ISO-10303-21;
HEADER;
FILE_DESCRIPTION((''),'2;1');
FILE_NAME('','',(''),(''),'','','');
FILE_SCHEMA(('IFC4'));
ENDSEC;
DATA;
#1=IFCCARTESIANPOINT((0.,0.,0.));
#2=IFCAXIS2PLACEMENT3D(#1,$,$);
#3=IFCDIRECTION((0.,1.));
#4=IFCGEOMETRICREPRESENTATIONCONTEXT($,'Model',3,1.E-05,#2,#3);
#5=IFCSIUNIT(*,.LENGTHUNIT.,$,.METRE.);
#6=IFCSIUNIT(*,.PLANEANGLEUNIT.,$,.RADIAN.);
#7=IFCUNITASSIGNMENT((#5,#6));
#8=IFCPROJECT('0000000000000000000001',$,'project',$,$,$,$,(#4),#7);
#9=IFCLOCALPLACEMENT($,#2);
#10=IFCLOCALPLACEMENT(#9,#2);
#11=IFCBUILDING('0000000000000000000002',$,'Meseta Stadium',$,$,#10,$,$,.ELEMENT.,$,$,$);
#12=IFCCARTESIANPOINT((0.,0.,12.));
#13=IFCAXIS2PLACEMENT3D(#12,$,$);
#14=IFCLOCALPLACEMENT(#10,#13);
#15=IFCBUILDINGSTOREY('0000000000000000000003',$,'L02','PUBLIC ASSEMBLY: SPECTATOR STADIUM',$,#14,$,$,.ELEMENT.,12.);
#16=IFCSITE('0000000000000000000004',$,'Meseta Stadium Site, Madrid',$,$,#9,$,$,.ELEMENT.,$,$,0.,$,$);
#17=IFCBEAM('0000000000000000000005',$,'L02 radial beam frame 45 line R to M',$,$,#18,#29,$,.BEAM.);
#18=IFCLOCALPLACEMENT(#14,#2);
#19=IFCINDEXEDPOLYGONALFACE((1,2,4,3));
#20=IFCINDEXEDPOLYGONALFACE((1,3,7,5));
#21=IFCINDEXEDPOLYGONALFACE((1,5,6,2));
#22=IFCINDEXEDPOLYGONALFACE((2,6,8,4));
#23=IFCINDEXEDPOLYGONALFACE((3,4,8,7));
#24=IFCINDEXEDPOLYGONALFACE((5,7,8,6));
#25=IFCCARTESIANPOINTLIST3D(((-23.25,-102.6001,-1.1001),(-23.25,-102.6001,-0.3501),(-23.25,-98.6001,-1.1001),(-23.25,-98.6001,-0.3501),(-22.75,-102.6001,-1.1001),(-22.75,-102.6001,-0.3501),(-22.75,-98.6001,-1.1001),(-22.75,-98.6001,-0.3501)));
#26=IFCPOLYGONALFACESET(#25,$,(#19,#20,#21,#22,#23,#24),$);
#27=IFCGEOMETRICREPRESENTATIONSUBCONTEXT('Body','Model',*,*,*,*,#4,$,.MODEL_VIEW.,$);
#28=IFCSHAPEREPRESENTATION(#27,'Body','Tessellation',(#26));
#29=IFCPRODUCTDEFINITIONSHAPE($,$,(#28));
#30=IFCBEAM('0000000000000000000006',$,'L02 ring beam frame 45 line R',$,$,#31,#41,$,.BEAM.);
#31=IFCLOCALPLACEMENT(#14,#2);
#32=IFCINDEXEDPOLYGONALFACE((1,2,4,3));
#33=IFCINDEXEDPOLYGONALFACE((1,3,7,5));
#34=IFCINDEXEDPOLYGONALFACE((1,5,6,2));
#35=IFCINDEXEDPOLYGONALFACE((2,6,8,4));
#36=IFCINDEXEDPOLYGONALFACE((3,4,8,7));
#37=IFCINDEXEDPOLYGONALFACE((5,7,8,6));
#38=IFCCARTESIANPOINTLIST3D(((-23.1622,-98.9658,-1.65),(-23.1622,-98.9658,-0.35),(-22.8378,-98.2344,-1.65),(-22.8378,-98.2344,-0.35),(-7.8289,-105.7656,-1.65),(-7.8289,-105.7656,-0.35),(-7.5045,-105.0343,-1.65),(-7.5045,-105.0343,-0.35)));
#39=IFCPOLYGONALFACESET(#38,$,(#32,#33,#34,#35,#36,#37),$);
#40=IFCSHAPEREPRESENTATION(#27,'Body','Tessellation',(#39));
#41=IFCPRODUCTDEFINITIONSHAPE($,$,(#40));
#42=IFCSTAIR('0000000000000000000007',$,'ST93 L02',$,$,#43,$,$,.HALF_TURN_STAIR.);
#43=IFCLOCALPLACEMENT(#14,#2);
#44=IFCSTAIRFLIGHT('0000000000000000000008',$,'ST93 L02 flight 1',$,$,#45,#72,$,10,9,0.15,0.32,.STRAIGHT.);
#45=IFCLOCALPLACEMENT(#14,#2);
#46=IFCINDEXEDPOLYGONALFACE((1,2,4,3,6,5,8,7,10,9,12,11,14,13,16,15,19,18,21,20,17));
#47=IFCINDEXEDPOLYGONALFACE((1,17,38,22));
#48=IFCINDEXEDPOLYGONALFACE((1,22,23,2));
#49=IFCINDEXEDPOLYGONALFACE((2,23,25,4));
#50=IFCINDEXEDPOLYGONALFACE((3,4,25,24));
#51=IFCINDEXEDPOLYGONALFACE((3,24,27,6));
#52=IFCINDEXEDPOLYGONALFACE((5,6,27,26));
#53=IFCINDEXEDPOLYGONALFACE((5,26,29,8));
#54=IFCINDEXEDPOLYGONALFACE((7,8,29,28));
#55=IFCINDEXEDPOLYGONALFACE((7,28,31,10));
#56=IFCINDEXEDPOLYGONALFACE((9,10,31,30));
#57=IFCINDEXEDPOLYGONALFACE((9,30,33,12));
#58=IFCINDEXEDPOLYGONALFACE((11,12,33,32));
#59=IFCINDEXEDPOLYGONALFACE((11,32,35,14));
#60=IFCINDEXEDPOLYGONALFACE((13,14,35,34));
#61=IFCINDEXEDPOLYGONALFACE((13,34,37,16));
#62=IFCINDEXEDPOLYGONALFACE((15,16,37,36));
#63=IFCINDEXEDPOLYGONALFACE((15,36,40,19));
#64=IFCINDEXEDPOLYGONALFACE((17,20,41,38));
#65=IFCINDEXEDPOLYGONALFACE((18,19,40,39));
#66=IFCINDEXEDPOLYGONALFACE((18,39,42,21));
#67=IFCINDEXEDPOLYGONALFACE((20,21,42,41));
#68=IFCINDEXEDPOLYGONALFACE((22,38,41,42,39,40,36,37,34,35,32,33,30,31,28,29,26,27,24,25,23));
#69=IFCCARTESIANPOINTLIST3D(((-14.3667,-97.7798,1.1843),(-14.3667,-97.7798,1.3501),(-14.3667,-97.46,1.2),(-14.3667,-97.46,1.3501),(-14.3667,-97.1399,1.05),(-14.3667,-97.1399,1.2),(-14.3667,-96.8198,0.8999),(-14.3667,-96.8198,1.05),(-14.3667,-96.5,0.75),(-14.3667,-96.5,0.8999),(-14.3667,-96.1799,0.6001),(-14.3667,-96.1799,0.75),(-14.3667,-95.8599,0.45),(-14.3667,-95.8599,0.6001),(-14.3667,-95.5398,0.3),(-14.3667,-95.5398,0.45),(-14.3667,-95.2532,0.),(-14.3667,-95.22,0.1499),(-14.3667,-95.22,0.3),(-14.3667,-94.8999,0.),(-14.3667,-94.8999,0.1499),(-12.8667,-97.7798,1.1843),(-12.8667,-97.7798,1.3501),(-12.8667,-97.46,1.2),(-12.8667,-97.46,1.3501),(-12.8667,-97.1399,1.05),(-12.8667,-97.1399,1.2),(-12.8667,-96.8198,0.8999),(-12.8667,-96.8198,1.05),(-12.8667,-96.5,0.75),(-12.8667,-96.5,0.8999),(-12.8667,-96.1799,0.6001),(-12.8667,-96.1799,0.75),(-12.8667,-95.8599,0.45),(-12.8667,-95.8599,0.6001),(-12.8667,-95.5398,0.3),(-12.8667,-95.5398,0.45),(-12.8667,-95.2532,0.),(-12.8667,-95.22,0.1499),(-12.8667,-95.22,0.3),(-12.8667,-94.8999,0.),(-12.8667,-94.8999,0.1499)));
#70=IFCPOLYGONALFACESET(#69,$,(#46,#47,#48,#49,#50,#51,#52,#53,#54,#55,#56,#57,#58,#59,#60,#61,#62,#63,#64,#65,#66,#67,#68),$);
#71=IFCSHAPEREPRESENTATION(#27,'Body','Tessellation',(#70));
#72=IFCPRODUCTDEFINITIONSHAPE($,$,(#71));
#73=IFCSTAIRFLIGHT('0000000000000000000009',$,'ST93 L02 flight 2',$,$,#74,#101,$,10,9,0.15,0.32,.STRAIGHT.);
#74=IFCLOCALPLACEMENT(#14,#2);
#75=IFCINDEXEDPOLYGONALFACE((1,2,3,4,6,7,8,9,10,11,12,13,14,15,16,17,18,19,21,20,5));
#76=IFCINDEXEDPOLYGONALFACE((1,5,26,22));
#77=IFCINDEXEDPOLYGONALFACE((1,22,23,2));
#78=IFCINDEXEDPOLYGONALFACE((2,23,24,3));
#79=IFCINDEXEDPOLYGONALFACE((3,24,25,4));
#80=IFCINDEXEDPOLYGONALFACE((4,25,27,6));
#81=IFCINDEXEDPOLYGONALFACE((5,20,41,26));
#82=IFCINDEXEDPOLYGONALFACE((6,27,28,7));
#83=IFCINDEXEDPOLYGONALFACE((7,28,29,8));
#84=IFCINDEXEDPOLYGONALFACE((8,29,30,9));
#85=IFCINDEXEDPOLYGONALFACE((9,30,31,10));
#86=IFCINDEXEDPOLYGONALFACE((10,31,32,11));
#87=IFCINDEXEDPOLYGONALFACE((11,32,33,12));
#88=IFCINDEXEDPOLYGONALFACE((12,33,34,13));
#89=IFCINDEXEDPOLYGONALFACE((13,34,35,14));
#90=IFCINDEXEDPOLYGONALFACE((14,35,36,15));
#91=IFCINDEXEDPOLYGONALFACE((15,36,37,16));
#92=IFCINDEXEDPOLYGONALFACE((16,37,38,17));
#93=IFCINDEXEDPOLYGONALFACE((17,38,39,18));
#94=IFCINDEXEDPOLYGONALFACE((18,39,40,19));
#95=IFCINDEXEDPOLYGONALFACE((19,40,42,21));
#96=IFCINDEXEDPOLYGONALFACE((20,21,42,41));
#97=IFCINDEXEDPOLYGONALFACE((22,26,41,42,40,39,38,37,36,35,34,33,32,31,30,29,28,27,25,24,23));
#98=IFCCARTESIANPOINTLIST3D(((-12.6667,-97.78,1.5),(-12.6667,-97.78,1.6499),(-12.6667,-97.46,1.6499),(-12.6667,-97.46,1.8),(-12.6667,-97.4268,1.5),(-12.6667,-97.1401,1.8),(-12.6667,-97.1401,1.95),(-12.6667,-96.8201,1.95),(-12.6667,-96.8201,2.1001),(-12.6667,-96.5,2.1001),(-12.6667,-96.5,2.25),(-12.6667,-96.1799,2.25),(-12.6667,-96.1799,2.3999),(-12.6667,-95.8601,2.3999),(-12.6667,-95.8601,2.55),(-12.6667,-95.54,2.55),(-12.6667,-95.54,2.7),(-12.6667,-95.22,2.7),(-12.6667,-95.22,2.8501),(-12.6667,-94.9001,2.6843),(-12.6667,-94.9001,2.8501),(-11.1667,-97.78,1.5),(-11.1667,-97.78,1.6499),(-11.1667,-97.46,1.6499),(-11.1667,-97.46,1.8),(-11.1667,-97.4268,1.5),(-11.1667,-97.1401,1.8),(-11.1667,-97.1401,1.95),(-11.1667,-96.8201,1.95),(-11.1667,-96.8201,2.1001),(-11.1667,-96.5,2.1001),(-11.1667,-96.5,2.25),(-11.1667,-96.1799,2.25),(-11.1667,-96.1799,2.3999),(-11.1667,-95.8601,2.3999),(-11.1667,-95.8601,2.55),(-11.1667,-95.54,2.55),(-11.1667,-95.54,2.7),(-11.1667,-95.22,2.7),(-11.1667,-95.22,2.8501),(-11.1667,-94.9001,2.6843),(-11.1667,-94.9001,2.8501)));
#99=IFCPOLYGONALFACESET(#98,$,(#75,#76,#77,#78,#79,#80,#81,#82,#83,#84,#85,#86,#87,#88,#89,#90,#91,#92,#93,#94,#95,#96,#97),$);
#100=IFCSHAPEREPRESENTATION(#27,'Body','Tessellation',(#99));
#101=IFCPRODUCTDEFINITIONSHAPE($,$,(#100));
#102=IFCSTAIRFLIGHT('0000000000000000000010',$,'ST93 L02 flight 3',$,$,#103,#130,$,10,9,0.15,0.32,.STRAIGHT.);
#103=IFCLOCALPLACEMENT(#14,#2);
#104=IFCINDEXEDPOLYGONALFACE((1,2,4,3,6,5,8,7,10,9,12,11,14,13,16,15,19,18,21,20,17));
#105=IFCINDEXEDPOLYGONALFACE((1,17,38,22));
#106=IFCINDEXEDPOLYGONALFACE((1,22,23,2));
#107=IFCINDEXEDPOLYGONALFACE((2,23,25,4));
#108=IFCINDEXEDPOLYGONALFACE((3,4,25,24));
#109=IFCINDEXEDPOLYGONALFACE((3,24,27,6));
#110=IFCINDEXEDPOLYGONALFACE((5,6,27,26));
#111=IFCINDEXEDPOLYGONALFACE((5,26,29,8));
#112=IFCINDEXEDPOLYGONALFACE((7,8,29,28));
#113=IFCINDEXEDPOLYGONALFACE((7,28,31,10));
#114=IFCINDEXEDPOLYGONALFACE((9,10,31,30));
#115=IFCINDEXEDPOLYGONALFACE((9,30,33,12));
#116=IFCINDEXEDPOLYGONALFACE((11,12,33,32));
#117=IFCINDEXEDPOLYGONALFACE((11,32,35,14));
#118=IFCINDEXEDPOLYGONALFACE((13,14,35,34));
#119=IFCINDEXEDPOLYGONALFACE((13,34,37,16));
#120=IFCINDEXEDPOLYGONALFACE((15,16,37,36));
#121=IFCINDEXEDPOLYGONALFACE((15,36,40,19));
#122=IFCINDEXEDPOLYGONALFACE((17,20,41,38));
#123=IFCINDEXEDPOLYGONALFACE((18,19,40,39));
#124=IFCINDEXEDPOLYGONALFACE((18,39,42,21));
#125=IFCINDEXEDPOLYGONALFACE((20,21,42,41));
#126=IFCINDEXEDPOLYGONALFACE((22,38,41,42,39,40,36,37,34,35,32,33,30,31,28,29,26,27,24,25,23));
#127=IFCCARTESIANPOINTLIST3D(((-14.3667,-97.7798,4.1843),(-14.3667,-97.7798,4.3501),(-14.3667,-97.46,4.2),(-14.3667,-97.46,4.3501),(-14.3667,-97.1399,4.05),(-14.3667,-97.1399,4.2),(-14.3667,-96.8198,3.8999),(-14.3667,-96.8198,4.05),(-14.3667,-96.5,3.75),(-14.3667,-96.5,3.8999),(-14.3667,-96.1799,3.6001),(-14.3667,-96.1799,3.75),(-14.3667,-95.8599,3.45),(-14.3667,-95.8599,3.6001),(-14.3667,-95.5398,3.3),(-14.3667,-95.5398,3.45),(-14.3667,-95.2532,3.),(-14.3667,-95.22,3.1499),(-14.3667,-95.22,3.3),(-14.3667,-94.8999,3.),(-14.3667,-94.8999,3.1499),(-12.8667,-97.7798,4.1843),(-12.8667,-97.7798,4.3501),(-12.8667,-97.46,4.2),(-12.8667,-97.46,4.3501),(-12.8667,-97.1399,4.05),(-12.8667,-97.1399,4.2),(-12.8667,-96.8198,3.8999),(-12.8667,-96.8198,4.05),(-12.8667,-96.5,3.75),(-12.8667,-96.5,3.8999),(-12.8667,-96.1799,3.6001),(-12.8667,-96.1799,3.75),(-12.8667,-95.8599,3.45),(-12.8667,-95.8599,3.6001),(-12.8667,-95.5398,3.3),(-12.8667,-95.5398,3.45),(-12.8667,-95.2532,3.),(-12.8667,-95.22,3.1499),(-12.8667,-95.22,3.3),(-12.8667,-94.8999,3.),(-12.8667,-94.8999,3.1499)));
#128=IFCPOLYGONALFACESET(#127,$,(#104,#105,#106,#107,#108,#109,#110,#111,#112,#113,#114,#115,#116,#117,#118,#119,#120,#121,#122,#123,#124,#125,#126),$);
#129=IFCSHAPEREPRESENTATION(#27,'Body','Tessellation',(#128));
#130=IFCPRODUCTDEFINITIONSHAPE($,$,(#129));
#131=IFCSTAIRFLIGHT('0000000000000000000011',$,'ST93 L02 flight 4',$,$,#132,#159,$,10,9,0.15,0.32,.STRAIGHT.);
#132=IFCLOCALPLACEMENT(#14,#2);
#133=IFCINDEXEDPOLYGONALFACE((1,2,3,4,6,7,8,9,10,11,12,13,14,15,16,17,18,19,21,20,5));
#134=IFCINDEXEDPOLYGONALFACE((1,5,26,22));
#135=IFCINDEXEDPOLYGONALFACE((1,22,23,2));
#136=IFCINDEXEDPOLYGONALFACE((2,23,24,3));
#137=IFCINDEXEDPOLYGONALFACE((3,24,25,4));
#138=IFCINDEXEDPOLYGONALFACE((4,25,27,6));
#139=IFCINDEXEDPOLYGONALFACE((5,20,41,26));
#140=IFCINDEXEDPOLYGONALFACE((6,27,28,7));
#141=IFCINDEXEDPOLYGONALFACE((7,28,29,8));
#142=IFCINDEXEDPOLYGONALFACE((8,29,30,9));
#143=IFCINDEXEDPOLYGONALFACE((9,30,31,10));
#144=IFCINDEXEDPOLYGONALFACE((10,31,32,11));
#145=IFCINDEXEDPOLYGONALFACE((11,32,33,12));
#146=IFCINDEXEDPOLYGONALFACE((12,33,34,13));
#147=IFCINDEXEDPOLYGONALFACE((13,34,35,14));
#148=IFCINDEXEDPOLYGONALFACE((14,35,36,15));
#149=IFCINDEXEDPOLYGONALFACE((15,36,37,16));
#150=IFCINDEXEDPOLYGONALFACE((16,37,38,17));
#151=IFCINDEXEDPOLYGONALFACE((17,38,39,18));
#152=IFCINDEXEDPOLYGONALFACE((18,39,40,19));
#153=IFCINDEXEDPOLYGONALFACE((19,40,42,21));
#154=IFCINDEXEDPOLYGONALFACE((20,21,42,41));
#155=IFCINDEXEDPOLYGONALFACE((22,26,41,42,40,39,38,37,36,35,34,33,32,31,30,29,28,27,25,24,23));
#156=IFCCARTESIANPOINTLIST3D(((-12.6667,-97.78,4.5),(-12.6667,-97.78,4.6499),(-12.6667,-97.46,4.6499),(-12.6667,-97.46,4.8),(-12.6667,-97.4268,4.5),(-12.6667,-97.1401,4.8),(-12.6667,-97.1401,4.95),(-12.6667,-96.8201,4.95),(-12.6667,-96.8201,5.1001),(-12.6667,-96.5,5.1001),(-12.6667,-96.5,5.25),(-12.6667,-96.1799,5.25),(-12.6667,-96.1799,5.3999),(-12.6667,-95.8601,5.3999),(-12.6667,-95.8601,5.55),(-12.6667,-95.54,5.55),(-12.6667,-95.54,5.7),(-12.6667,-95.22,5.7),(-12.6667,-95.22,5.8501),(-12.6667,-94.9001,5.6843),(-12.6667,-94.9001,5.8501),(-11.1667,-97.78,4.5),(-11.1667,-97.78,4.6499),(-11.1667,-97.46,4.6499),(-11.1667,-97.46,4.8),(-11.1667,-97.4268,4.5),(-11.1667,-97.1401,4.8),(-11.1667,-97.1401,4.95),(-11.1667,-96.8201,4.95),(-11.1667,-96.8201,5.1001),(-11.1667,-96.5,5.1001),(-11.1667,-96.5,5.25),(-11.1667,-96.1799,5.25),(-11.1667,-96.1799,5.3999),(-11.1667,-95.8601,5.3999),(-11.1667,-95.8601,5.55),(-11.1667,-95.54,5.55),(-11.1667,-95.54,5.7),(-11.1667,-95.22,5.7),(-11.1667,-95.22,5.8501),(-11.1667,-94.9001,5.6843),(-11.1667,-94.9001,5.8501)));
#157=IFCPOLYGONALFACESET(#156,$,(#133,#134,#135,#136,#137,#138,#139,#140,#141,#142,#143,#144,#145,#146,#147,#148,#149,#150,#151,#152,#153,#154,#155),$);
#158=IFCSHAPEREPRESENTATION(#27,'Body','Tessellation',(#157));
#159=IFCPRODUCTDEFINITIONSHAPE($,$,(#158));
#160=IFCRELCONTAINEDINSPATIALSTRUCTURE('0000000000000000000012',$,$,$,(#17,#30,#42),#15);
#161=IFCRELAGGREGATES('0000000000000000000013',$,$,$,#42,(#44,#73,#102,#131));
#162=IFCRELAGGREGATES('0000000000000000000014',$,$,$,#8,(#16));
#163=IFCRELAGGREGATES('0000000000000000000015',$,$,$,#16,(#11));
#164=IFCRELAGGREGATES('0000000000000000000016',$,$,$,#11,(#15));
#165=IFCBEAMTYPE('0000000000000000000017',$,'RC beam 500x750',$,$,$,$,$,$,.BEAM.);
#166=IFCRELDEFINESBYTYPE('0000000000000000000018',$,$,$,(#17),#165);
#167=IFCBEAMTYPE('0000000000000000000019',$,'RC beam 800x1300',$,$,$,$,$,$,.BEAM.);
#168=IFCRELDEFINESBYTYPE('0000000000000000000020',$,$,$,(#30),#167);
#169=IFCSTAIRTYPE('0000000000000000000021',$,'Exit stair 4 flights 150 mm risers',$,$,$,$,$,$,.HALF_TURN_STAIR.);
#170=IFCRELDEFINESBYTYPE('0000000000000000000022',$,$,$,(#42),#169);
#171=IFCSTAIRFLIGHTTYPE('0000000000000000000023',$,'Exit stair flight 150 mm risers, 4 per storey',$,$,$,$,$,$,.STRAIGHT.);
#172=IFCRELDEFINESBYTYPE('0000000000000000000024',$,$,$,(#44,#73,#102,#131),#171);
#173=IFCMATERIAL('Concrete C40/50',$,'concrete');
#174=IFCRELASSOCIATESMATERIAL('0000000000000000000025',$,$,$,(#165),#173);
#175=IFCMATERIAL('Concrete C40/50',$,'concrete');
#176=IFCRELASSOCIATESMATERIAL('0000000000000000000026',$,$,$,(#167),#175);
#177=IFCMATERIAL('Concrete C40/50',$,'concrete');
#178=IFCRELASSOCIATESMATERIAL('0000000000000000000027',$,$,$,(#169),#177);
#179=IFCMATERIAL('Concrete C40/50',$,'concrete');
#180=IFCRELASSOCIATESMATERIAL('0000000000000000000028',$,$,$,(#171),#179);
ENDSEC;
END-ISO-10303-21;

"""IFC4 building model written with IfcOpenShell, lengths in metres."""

from ifc_helpers import new_model, si_unit, direction, frame, origin, origin_2d, place, context, subcontext, project, spatial, polyline, rectangle, outline, extrude, material, material_profile, profile_set, type_object, element, aggregate, save


model = new_model("IFC4")

# Units and contexts
model_context = context("Model", 3, precision=1e-05, world=origin(), true_north=direction((0.0, 1.0)))
body_context = subcontext(model_context, "Body", "Model", "MODEL_VIEW")
ifc_project = project(units=[si_unit("LENGTHUNIT", "METRE"), si_unit("PLANEANGLEUNIT", "RADIAN")], contexts=[model_context])

# Site, building, storey
site_placement = place(None, origin())
site = spatial("IfcSite", under=ifc_project, at=site_placement, Name="Meseta Stadium Site, Madrid", CompositionType="ELEMENT", RefElevation=0.0)
building_placement = place(site_placement, origin())
building = spatial("IfcBuilding", under=site, at=building_placement, Name="Meseta Stadium", CompositionType="ELEMENT")
storey_placement = place(building_placement, frame((0.0, 0.0, 12.0)))
storey = spatial("IfcBuildingStorey", under=building, at=storey_placement, Name="L02", Description="PUBLIC ASSEMBLY: SPECTATOR STADIUM", CompositionType="ELEMENT", Elevation=12.0)

# Beams
ifc_material_1 = material(Name="Concrete C40/50", Category="concrete")
ifc_material_profile_1 = material_profile(ifc_material_1, rectangle(XDim=0.5, YDim=0.75, at=origin_2d()), Name="RC 500x750")
ifc_profile_set_1 = profile_set([ifc_material_profile_1], Name="Concrete C40/50")
beam_type_1 = type_object("IfcBeamType", Name="RC beam 500x750", PredefinedType="BEAM", material=ifc_profile_set_1)
beam_1_placement = place(storey_placement, frame((-23.0, -98.6001, -0.7251), z_axis=(0.0, -1.0, 0.0), x_axis=(1.0, 0.0, 0.0)))
element("IfcBeam", 1, at=beam_1_placement, inside=storey, type_object=beam_type_1, Name="L02 radial beam frame 45 line R to M", PredefinedType="BEAM", context=body_context, shape_type="SweptSolid", body=[
    extrude(rectangle(XDim=0.5, YDim=0.75, at=origin_2d()), origin(), (0.0, 0.0, 1.0), 4.0),
])
ifc_material_2 = material(Name="Concrete C40/50", Category="concrete")
ifc_material_profile_2 = material_profile(ifc_material_2, rectangle(XDim=0.8, YDim=1.3, at=origin_2d()), Name="RC 800x1300")
ifc_profile_set_2 = profile_set([ifc_material_profile_2], Name="Concrete C40/50")
beam_type_2 = type_object("IfcBeamType", Name="RC beam 800x1300", PredefinedType="BEAM", material=ifc_profile_set_2)
beam_2_placement = place(storey_placement, frame((-23.0, -98.6001, -1.0), z_axis=(0.914143, -0.405393, 0.0), x_axis=(0.405393, 0.914143, 0.0)))
element("IfcBeam", 2, at=beam_2_placement, inside=storey, type_object=beam_type_2, Name="L02 ring beam frame 45 line R", PredefinedType="BEAM", context=body_context, shape_type="SweptSolid", body=[
    extrude(rectangle(XDim=0.8, YDim=1.3, at=origin_2d()), origin(), (0.0, 0.0, 1.0), 16.7734),
])

# Stair, stair flights
ifc_material_3 = material(Name="Concrete C40/50", Category="concrete")
stair_type = type_object("IfcStairType", Name="Exit stair 4 flights 150 mm risers", PredefinedType="HALF_TURN_STAIR", material=ifc_material_3)
stair_1_placement = place(storey_placement, origin())
stair_1 = element("IfcStair", 3, at=stair_1_placement, inside=storey, type_object=stair_type, Name="ST93 L02", PredefinedType="HALF_TURN_STAIR")
ifc_material_4 = material(Name="Concrete C40/50", Category="concrete")
stair_flight_type = type_object("IfcStairFlightType", Name="Exit stair flight 150 mm risers, 4 per storey", PredefinedType="STRAIGHT", material=ifc_material_4)
stair_flight_1_placement = place(storey_placement, frame((-13.6167, -94.8999, 0.0), z_axis=(0.0, 0.0, 1.0), x_axis=(0.0, -1.0, 0.0)))
stair_flight_1 = element("IfcStairFlight", 4, at=stair_flight_1_placement, type_object=stair_flight_type, Name="ST93 L02 flight 1", NumberOfRisers=10, NumberOfTreads=9, PredefinedType="STRAIGHT", RiserHeight=0.15, TreadLength=0.32, context=body_context, shape_type="SweptSolid", body=[
    extrude(outline(polyline([(0.0, 0.0), (0.0, 0.1499), (0.3201, 0.1499), (0.3201, 0.3), (0.6399, 0.3), (0.6399, 0.45), (0.96, 0.45), (0.96, 0.6001), (1.28, 0.6001), (1.28, 0.75), (1.6001, 0.75), (1.6001, 0.8999), (1.9199, 0.8999), (1.9199, 1.05), (2.24, 1.05), (2.24, 1.2), (2.5601, 1.2), (2.5601, 1.3501), (2.8799, 1.3501), (2.8799, 1.1843), (0.3533, 0.0), (0.0, 0.0)])), frame((0.0, 0.75, 0.0), z_axis=(0.0, -1.0, 0.0), x_axis=(1.0, 0.0, 0.0)), (0.0, 0.0, 1.0), 1.5),
])
stair_flight_2_placement = place(storey_placement, frame((-11.9167, -97.78, 1.5), z_axis=(0.0, 0.0, 1.0), x_axis=(0.0, 1.0, 0.0)))
stair_flight_2 = element("IfcStairFlight", 5, at=stair_flight_2_placement, type_object=stair_flight_type, Name="ST93 L02 flight 2", NumberOfRisers=10, NumberOfTreads=9, PredefinedType="STRAIGHT", RiserHeight=0.15, TreadLength=0.32, context=body_context, shape_type="SweptSolid", body=[
    extrude(outline(polyline([(0.0, 0.0), (0.0, 0.1499), (0.3201, 0.1499), (0.3201, 0.3), (0.6399, 0.3), (0.6399, 0.45), (0.96, 0.45), (0.96, 0.6001), (1.28, 0.6001), (1.28, 0.75), (1.6001, 0.75), (1.6001, 0.8999), (1.9199, 0.8999), (1.9199, 1.05), (2.24, 1.05), (2.24, 1.2), (2.5601, 1.2), (2.5601, 1.3501), (2.8799, 1.3501), (2.8799, 1.1843), (0.3533, 0.0), (0.0, 0.0)])), frame((0.0, 0.75, 0.0), z_axis=(0.0, -1.0, 0.0), x_axis=(1.0, 0.0, 0.0)), (0.0, 0.0, 1.0), 1.5),
])
stair_flight_3_placement = place(storey_placement, frame((-13.6167, -94.8999, 3.0), z_axis=(0.0, 0.0, 1.0), x_axis=(0.0, -1.0, 0.0)))
stair_flight_3 = element("IfcStairFlight", 6, at=stair_flight_3_placement, type_object=stair_flight_type, Name="ST93 L02 flight 3", NumberOfRisers=10, NumberOfTreads=9, PredefinedType="STRAIGHT", RiserHeight=0.15, TreadLength=0.32, context=body_context, shape_type="SweptSolid", body=[
    extrude(outline(polyline([(0.0, 0.0), (0.0, 0.1499), (0.3201, 0.1499), (0.3201, 0.3), (0.6399, 0.3), (0.6399, 0.45), (0.96, 0.45), (0.96, 0.6001), (1.28, 0.6001), (1.28, 0.75), (1.6001, 0.75), (1.6001, 0.8999), (1.9199, 0.8999), (1.9199, 1.05), (2.24, 1.05), (2.24, 1.2), (2.5601, 1.2), (2.5601, 1.3501), (2.8799, 1.3501), (2.8799, 1.1843), (0.3533, 0.0), (0.0, 0.0)])), frame((0.0, 0.75, 0.0), z_axis=(0.0, -1.0, 0.0), x_axis=(1.0, 0.0, 0.0)), (0.0, 0.0, 1.0), 1.5),
])
stair_flight_4_placement = place(storey_placement, frame((-11.9167, -97.78, 4.5), z_axis=(0.0, 0.0, 1.0), x_axis=(0.0, 1.0, 0.0)))
stair_flight_4 = element("IfcStairFlight", 7, at=stair_flight_4_placement, type_object=stair_flight_type, Name="ST93 L02 flight 4", NumberOfRisers=10, NumberOfTreads=9, PredefinedType="STRAIGHT", RiserHeight=0.15, TreadLength=0.32, context=body_context, shape_type="SweptSolid", body=[
    extrude(outline(polyline([(0.0, 0.0), (0.0, 0.1499), (0.3201, 0.1499), (0.3201, 0.3), (0.6399, 0.3), (0.6399, 0.45), (0.96, 0.45), (0.96, 0.6001), (1.28, 0.6001), (1.28, 0.75), (1.6001, 0.75), (1.6001, 0.8999), (1.9199, 0.8999), (1.9199, 1.05), (2.24, 1.05), (2.24, 1.2), (2.5601, 1.2), (2.5601, 1.3501), (2.8799, 1.3501), (2.8799, 1.1843), (0.3533, 0.0), (0.0, 0.0)])), frame((0.0, 0.75, 0.0), z_axis=(0.0, -1.0, 0.0), x_axis=(1.0, 0.0, 0.0)), (0.0, 0.0, 1.0), 1.5),
])
aggregate(stair_1, [stair_flight_1, stair_flight_2, stair_flight_3, stair_flight_4])

save(model, "model.ifc")
